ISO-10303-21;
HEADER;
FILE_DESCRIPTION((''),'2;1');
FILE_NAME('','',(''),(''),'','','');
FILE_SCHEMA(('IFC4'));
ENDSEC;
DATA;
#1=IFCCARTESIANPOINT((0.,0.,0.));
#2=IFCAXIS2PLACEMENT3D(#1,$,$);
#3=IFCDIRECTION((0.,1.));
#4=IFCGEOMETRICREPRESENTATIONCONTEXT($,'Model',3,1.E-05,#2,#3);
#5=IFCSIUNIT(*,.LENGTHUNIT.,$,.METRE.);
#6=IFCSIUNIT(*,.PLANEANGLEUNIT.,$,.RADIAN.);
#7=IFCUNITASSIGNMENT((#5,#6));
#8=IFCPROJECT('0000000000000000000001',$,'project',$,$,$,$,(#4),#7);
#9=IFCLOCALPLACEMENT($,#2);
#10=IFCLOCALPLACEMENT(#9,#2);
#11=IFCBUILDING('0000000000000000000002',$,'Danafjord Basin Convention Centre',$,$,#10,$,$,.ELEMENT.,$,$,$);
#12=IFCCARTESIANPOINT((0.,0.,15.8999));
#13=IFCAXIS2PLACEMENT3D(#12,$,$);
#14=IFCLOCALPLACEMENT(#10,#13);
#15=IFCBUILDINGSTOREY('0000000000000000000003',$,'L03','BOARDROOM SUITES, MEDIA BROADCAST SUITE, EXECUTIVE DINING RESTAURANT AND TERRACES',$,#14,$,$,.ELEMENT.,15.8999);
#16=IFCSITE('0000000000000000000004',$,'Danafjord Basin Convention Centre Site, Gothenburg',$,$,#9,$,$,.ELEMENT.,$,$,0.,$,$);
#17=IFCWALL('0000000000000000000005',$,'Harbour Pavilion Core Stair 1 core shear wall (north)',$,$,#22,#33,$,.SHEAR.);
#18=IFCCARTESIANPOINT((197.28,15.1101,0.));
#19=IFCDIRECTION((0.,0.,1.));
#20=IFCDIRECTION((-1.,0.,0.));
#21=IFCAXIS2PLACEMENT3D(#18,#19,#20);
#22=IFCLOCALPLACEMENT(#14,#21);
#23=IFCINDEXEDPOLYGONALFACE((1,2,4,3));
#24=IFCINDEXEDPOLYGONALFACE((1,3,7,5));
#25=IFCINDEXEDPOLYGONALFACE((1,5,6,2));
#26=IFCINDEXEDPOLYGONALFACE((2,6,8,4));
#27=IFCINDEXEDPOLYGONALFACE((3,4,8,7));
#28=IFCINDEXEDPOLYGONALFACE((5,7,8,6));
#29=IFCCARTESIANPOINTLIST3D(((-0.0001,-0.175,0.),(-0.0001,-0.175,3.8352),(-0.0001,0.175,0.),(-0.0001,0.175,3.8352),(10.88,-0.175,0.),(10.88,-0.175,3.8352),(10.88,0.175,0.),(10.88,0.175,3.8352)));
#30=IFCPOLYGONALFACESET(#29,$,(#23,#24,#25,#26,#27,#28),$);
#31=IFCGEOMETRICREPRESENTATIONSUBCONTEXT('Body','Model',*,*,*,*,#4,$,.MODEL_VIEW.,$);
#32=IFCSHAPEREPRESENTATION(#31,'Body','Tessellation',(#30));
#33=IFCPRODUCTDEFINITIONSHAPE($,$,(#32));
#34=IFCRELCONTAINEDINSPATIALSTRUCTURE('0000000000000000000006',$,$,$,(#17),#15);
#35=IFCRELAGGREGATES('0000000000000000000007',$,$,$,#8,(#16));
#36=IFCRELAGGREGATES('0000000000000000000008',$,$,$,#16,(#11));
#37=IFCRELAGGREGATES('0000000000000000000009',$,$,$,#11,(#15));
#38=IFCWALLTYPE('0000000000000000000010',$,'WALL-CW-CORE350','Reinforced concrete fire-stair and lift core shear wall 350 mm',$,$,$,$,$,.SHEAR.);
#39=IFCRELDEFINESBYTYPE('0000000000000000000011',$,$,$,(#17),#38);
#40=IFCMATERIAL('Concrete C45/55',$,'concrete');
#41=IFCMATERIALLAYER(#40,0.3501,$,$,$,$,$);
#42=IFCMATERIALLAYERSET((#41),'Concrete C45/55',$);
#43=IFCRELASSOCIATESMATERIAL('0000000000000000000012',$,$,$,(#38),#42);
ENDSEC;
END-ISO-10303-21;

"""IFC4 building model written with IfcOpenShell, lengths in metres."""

from ifc_helpers import new_model, si_unit, direction, frame, frame_2d, origin, place, context, subcontext, project, spatial, rectangle, extrude, material, layer, layer_set, type_object, element, save


model = new_model("IFC4")

# Units and contexts
model_context = context("Model", 3, precision=1e-05, world=origin(), true_north=direction((0.0, 1.0)))
body_context = subcontext(model_context, "Body", "Model", "MODEL_VIEW")
ifc_project = project(units=[si_unit("LENGTHUNIT", "METRE"), si_unit("PLANEANGLEUNIT", "RADIAN")], contexts=[model_context])

# Site, building, storey
site_placement = place(None, origin())
site = spatial("IfcSite", under=ifc_project, at=site_placement, Name="Danafjord Basin Convention Centre Site, Gothenburg", CompositionType="ELEMENT", RefElevation=0.0)
building_placement = place(site_placement, origin())
building = spatial("IfcBuilding", under=site, at=building_placement, Name="Danafjord Basin Convention Centre", CompositionType="ELEMENT")
storey_placement = place(building_placement, frame((0.0, 0.0, 15.8999)))
storey = spatial("IfcBuildingStorey", under=building, at=storey_placement, Name="L03", Description="BOARDROOM SUITES, MEDIA BROADCAST SUITE, EXECUTIVE DINING RESTAURANT AND TERRACES", CompositionType="ELEMENT", Elevation=15.8999)

# Wall
ifc_material_1 = material(Name="Concrete C45/55", Category="concrete")
ifc_layer_1 = layer(ifc_material_1, 0.3501)
ifc_layer_set_1 = layer_set([ifc_layer_1], Name="Concrete C45/55")
wall_type_1 = type_object("IfcWallType", Name="WALL-CW-CORE350", Description="Reinforced concrete fire-stair and lift core shear wall 350 mm", PredefinedType="SHEAR", material=ifc_layer_set_1)
wall_1_placement = place(storey_placement, frame((197.28, 15.1101, 0.0), z_axis=(0.0, 0.0, 1.0), x_axis=(-1.0, 0.0, 0.0)))
element("IfcWall", 1, at=wall_1_placement, inside=storey, type_object=wall_type_1, Name="Harbour Pavilion Core Stair 1 core shear wall (north)", PredefinedType="SHEAR", context=body_context, shape_type="SweptSolid", body=[
    extrude(rectangle(XDim=10.8801, YDim=0.3501, at=frame_2d((5.4399, 0.0))), origin(), (0.0, 0.0, 1.0), 3.8352),
])

save(model, "model.ifc")
